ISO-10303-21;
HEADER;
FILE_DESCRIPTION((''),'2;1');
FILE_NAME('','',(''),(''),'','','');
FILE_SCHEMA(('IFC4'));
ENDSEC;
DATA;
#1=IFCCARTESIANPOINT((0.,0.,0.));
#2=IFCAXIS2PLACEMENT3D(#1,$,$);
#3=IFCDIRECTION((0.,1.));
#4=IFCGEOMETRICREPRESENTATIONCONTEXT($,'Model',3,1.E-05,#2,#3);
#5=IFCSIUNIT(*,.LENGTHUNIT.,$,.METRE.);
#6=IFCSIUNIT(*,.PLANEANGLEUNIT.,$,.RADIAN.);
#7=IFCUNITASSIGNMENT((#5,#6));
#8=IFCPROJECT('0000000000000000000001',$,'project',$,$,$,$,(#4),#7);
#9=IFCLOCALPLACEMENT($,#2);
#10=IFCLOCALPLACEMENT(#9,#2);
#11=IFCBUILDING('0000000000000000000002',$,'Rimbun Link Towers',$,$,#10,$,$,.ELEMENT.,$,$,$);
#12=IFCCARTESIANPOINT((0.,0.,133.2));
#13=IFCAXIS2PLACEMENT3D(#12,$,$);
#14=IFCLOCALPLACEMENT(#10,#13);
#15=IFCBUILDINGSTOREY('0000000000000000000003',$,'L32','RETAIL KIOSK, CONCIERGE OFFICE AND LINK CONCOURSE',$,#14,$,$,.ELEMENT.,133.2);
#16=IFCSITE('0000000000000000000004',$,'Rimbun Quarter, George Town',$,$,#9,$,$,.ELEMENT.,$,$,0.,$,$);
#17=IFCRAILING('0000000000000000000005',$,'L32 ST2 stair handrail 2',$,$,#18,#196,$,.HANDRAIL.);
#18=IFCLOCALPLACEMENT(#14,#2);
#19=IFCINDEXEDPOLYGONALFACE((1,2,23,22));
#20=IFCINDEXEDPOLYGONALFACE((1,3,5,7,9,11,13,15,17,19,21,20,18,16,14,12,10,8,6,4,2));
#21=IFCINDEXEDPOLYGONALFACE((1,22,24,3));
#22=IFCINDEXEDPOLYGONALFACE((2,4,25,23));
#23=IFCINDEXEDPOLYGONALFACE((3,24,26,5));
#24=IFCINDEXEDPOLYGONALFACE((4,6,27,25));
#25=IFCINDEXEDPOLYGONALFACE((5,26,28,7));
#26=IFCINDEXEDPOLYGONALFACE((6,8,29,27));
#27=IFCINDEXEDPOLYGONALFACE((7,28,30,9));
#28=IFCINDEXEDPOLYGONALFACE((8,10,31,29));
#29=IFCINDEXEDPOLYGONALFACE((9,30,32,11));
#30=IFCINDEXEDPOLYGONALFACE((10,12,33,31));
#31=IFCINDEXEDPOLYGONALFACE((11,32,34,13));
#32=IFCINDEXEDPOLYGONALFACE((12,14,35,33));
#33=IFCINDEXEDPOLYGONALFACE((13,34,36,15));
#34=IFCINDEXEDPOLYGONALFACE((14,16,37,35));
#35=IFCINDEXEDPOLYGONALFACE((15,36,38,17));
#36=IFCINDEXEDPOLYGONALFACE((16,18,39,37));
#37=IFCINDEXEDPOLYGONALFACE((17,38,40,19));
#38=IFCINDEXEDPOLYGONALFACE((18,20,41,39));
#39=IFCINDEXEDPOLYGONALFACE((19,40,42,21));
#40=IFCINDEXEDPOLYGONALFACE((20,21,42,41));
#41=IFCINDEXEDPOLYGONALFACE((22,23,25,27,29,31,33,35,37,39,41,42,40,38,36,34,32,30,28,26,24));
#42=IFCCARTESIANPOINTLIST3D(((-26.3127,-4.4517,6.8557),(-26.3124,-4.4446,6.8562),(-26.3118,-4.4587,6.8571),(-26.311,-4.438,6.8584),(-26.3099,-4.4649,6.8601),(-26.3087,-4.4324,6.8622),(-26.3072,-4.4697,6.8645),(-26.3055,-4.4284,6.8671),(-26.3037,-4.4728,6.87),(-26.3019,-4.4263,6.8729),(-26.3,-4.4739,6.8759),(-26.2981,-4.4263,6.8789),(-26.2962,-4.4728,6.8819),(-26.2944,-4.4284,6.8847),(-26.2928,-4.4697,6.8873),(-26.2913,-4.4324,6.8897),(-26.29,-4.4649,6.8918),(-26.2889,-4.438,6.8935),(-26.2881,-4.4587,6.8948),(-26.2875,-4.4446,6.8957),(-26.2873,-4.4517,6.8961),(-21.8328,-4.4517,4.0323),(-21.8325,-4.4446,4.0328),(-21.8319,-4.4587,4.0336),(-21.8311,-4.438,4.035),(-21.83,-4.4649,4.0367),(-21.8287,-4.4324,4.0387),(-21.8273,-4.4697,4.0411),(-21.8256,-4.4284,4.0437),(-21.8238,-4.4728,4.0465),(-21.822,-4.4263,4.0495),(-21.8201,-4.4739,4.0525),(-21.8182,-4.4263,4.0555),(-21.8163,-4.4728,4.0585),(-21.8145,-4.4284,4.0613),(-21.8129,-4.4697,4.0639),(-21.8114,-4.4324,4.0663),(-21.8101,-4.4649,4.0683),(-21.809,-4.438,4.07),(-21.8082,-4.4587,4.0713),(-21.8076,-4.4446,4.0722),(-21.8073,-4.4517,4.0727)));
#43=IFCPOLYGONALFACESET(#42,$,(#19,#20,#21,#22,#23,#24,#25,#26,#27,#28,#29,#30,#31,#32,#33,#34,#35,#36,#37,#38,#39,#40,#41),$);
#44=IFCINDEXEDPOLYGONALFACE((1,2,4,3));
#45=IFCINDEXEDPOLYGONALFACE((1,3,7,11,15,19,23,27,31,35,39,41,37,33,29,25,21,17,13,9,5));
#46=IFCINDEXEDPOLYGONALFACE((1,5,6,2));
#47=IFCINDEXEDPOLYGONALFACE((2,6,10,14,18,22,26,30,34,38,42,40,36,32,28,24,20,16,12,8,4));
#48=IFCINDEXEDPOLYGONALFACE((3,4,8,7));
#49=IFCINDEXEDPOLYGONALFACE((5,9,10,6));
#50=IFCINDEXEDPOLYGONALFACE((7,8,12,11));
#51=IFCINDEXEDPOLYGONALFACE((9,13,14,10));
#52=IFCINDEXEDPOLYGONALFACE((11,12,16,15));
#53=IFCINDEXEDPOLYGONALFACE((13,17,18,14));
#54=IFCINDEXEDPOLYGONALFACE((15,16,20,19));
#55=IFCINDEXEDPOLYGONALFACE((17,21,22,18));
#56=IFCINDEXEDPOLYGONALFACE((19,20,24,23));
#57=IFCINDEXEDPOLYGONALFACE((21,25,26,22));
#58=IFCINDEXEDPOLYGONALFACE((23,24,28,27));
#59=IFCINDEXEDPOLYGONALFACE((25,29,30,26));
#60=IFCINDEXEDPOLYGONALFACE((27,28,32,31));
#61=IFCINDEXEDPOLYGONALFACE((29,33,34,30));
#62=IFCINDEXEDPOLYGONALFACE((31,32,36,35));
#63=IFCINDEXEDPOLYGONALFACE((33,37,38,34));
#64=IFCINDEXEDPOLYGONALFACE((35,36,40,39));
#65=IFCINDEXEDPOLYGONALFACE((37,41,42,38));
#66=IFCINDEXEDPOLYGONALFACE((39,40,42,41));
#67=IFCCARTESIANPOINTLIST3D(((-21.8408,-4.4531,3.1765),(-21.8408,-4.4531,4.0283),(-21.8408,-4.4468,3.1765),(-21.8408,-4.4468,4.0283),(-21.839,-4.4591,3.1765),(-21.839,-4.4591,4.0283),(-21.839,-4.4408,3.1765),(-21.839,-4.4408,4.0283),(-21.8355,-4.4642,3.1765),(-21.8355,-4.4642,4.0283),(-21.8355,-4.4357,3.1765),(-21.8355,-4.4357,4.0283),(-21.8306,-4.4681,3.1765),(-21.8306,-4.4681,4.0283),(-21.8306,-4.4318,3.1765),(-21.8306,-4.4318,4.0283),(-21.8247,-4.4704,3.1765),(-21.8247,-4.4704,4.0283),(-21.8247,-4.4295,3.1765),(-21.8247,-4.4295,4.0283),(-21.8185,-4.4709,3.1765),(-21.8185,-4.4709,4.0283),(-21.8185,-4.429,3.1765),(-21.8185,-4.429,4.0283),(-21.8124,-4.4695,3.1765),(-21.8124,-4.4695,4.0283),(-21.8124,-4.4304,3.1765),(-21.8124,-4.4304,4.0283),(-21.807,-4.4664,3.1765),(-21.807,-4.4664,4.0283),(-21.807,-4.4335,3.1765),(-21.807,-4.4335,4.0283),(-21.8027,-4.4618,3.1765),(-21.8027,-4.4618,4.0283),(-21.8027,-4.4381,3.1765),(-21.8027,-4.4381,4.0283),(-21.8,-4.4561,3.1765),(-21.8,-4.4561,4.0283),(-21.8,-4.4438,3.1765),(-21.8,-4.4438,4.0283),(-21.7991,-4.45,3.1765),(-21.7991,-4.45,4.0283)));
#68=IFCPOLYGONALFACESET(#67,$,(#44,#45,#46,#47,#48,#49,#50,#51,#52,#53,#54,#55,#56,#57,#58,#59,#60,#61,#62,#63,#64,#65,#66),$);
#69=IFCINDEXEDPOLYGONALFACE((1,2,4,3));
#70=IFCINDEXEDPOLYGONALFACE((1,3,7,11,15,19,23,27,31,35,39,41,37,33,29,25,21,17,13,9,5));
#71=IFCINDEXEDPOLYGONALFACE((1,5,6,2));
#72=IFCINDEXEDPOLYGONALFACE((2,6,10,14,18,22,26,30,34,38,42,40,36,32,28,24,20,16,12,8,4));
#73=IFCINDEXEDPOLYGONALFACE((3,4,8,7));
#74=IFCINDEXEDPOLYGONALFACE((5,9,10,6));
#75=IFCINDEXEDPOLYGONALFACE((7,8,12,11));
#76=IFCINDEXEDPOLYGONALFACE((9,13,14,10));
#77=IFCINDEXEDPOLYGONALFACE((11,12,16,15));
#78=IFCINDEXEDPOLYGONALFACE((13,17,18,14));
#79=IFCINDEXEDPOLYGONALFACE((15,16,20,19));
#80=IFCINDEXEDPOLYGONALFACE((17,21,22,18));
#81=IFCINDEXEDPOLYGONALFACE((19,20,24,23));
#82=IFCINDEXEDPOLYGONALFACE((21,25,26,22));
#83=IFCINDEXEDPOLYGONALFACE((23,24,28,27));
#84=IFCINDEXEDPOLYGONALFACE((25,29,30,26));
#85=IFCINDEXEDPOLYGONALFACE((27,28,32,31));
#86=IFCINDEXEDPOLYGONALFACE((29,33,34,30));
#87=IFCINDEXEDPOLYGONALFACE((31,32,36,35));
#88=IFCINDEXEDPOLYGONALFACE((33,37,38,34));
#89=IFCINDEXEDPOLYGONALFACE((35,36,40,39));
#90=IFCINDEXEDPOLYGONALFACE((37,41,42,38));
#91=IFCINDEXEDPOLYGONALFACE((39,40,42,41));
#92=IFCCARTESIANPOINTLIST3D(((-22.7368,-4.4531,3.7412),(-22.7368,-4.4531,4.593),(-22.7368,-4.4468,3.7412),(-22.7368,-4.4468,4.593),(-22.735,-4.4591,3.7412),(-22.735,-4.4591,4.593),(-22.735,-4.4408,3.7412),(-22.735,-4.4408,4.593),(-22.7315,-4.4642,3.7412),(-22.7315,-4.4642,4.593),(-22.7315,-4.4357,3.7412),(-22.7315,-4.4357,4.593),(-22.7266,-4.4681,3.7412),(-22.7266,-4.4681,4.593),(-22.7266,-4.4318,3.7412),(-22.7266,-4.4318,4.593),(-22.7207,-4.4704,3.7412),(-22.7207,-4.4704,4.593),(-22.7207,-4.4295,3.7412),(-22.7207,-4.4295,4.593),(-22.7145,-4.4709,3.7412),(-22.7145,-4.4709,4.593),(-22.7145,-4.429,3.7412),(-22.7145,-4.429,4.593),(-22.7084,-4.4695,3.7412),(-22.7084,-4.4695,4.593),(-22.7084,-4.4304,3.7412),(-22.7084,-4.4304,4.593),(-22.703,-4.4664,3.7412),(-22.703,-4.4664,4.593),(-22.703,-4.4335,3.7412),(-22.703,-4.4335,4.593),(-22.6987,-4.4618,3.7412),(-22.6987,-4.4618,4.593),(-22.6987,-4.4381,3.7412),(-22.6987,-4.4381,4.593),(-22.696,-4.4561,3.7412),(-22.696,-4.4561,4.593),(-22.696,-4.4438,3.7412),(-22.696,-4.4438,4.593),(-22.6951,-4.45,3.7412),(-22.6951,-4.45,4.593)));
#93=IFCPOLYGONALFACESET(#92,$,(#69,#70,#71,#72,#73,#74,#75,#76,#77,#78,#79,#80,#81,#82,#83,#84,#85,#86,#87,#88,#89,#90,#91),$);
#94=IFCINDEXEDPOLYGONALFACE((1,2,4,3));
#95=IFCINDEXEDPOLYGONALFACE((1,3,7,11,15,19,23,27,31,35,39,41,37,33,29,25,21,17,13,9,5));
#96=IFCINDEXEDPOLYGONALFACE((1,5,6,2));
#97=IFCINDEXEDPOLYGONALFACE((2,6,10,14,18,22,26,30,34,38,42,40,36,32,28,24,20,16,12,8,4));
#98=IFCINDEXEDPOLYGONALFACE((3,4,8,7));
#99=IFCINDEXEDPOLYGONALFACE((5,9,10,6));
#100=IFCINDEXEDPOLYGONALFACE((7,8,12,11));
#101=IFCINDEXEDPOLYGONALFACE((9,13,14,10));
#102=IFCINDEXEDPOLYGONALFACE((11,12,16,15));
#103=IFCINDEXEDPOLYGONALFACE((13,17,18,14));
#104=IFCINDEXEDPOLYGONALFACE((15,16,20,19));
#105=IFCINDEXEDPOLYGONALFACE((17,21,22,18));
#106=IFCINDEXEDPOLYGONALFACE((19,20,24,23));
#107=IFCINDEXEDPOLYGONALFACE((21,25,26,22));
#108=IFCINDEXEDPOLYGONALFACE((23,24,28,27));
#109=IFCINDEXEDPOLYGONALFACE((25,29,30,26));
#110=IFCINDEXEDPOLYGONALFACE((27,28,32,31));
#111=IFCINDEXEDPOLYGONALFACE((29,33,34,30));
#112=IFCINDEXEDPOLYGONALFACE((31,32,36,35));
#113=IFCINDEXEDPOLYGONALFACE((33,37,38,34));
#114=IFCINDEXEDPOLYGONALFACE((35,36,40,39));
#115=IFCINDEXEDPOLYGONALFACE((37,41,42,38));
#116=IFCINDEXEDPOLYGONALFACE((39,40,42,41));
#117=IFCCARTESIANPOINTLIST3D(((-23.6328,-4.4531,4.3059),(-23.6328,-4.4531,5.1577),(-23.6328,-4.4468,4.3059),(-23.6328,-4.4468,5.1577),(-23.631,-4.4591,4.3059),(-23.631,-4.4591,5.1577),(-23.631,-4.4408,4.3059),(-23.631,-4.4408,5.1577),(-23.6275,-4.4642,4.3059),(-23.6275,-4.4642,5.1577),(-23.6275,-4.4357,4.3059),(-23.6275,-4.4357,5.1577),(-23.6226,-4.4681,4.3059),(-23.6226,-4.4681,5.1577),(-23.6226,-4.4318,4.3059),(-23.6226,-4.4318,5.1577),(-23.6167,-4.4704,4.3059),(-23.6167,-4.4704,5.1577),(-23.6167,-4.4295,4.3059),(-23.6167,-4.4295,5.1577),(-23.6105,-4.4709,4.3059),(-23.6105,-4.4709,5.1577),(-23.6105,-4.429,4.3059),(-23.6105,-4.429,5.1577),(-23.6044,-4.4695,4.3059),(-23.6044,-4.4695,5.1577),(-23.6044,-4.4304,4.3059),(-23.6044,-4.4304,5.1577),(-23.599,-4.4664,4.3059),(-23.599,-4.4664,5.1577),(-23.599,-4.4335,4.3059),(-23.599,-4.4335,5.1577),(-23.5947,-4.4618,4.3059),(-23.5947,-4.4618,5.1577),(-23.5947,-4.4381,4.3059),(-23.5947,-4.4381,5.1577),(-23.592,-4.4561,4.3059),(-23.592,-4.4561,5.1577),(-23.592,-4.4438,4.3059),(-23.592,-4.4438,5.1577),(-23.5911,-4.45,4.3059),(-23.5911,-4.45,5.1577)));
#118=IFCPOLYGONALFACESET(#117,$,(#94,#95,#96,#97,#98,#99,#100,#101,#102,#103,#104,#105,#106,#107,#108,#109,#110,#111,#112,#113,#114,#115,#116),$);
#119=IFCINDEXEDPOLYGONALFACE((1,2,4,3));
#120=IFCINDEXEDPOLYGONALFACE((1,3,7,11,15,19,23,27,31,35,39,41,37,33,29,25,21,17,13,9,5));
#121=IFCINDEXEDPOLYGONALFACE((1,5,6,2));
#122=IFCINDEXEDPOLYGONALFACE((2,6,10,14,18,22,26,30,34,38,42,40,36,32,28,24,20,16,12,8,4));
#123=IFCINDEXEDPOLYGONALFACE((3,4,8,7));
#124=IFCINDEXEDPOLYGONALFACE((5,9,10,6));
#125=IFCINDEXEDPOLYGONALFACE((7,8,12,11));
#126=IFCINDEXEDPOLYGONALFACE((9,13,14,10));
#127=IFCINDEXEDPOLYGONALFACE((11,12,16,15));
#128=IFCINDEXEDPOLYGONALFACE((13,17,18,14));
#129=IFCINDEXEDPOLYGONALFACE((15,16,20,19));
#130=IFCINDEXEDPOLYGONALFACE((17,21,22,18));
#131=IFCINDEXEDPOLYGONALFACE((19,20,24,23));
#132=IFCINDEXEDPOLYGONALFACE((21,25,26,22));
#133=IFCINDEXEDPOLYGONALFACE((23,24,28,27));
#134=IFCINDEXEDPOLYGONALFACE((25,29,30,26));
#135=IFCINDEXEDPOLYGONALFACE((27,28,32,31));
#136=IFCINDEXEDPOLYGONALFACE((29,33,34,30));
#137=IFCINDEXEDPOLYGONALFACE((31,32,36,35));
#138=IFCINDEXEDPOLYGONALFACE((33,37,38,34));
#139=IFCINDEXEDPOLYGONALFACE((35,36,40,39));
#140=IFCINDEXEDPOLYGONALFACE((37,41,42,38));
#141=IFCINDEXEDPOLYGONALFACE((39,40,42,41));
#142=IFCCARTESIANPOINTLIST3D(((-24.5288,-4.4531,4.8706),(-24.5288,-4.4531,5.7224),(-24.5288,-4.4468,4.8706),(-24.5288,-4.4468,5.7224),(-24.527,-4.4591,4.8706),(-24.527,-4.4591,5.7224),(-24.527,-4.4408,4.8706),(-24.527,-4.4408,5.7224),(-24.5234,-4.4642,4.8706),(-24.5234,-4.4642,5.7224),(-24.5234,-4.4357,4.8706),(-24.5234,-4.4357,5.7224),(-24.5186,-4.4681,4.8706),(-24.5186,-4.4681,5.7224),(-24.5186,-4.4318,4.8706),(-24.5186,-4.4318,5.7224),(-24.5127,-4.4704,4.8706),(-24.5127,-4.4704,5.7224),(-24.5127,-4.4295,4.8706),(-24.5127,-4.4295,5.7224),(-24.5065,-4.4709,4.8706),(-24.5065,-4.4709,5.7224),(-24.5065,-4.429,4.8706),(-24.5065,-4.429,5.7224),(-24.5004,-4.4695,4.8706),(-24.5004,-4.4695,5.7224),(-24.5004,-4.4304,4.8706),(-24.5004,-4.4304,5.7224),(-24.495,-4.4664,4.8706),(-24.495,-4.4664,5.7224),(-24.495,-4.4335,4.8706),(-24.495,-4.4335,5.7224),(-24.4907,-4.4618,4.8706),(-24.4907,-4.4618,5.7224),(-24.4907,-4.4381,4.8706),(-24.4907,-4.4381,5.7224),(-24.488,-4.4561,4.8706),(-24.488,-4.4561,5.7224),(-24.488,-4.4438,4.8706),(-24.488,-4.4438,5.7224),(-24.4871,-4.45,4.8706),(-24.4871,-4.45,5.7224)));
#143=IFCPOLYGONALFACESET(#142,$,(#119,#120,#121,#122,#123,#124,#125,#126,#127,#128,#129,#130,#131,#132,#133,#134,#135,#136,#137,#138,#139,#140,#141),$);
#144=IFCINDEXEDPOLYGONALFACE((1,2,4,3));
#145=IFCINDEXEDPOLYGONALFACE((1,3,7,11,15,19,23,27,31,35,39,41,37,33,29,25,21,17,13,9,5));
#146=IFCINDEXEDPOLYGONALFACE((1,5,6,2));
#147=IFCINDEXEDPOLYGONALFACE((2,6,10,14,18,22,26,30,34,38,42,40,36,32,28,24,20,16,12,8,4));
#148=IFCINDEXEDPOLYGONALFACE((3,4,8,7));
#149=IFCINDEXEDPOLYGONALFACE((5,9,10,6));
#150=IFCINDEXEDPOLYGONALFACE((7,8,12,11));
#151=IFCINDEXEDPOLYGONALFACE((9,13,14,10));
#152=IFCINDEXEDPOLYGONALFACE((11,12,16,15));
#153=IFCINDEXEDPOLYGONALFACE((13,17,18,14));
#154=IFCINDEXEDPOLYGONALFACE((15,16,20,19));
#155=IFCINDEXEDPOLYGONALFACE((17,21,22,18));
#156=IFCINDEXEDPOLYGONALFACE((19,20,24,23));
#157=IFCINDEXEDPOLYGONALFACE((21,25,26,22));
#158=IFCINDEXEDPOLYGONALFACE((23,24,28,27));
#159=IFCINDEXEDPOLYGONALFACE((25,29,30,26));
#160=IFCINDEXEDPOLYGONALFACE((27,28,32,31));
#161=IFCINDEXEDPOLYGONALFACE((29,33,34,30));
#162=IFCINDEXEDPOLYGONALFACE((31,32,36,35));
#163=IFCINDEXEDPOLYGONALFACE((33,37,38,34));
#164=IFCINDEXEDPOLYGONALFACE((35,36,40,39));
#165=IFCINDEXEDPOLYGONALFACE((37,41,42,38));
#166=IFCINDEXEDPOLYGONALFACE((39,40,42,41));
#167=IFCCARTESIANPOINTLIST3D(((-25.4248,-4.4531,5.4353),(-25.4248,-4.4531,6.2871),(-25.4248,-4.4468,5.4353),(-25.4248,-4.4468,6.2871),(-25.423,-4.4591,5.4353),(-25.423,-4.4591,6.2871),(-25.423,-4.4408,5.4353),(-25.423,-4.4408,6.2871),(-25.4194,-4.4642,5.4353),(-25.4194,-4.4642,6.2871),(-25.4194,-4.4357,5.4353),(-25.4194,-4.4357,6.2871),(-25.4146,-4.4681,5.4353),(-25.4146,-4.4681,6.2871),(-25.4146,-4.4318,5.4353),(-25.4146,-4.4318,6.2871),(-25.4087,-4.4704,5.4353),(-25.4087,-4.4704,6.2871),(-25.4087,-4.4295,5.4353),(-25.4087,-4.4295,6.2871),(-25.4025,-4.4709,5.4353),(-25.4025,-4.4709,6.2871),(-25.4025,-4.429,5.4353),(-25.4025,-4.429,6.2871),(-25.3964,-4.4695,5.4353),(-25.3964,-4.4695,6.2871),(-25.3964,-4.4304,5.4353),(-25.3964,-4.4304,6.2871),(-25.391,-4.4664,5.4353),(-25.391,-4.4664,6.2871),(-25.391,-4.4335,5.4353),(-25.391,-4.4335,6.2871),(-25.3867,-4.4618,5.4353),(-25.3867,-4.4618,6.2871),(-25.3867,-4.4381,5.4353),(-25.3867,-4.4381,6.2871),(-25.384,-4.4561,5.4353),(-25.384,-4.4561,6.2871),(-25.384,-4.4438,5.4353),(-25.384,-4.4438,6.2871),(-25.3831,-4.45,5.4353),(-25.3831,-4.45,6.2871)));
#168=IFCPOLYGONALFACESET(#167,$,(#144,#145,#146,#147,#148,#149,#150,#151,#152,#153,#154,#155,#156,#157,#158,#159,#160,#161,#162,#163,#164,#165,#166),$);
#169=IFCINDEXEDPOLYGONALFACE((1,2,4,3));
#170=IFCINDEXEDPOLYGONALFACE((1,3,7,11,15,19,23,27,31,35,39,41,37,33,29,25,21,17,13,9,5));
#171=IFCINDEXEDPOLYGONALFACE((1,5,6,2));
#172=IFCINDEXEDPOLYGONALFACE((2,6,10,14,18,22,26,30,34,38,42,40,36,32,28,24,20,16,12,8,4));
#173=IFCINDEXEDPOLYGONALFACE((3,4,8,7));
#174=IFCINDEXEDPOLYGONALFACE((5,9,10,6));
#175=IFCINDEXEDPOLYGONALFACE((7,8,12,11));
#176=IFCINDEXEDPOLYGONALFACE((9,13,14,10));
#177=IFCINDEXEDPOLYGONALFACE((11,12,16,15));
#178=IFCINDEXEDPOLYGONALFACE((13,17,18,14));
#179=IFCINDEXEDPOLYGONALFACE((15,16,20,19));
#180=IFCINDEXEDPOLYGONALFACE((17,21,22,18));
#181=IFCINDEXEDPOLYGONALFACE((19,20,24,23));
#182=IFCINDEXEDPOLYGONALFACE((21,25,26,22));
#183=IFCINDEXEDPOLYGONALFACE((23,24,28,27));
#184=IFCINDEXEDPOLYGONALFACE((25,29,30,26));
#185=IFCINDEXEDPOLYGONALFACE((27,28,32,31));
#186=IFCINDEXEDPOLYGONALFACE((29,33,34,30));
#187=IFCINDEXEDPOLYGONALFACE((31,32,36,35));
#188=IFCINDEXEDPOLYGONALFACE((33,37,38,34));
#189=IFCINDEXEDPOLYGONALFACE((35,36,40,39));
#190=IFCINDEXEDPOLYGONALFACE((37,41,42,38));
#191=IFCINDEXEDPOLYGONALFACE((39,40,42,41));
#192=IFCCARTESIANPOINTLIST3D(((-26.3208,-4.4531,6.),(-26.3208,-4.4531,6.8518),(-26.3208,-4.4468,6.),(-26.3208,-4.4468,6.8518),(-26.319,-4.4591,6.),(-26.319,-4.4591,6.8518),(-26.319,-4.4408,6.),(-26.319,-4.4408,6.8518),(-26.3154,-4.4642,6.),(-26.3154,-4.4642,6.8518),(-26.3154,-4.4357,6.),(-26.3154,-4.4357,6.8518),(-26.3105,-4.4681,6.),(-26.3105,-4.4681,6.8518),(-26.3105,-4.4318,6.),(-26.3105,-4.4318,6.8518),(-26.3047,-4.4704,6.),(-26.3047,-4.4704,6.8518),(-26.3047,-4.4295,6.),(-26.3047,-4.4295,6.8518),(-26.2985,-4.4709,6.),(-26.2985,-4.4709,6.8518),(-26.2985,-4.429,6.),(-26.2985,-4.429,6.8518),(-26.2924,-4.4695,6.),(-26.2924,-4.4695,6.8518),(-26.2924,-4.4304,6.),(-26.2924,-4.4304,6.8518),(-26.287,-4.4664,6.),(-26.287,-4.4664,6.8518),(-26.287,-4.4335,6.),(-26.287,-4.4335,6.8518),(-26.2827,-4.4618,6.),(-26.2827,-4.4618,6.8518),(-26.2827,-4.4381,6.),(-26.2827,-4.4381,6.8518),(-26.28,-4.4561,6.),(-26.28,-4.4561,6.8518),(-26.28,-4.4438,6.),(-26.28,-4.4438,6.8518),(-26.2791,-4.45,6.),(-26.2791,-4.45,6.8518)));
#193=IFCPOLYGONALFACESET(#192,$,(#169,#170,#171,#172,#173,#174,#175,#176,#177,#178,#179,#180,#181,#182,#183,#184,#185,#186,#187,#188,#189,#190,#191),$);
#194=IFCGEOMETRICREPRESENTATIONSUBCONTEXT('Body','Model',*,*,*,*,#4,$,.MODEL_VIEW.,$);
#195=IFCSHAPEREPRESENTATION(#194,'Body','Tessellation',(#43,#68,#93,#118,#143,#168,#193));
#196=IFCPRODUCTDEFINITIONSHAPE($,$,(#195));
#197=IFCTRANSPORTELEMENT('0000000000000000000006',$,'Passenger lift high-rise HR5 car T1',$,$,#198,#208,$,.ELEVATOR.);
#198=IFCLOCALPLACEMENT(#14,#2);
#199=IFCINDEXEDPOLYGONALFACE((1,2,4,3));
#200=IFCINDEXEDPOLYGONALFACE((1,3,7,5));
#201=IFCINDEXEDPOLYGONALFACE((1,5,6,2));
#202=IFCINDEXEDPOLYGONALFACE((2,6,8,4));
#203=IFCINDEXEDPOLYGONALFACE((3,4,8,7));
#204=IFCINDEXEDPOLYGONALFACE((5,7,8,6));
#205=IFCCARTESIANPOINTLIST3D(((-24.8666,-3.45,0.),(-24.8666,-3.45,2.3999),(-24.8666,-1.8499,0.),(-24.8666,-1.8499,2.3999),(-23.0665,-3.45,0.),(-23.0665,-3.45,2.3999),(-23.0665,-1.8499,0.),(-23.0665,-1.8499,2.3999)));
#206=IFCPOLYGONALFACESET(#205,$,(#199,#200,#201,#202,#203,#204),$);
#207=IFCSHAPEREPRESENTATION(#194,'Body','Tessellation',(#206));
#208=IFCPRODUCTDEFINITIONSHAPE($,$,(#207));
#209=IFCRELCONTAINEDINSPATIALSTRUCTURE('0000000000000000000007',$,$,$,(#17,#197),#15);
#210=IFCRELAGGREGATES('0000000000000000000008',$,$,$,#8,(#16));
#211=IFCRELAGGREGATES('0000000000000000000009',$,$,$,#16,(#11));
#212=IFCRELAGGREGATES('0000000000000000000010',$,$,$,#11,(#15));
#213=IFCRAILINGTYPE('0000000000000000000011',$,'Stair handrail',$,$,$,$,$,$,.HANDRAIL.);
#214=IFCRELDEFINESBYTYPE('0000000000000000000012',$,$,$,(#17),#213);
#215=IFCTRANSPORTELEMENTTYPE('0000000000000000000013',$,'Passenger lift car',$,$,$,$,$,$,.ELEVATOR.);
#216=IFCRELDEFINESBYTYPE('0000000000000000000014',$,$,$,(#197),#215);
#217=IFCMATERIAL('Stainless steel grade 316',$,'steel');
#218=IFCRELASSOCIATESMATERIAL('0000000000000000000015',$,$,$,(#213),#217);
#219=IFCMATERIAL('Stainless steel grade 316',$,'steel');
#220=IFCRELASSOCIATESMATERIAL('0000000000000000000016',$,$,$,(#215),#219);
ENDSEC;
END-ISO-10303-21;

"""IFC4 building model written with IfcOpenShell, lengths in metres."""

from ifc_helpers import new_model, si_unit, direction, frame, origin, origin_2d, place, context, subcontext, project, spatial, rectangle, circle, extrude, material, type_object, element, save


model = new_model("IFC4")

# Units and contexts
model_context = context("Model", 3, precision=1e-05, world=origin(), true_north=direction((0.0, 1.0)))
body_context = subcontext(model_context, "Body", "Model", "MODEL_VIEW")
ifc_project = project(units=[si_unit("LENGTHUNIT", "METRE"), si_unit("PLANEANGLEUNIT", "RADIAN")], contexts=[model_context])

# Site, building, storey
site_placement = place(None, origin())
site = spatial("IfcSite", under=ifc_project, at=site_placement, Name="Rimbun Quarter, George Town", CompositionType="ELEMENT", RefElevation=0.0)
building_placement = place(site_placement, origin())
building = spatial("IfcBuilding", under=site, at=building_placement, Name="Rimbun Link Towers", CompositionType="ELEMENT")
storey_placement = place(building_placement, frame((0.0, 0.0, 133.2)))
storey = spatial("IfcBuildingStorey", under=building, at=storey_placement, Name="L32", Description="RETAIL KIOSK, CONCIERGE OFFICE AND LINK CONCOURSE", CompositionType="ELEMENT", Elevation=133.2)

# Railing
ifc_material_1 = material(Name="Stainless steel grade 316", Category="steel")
railing_type_1 = type_object("IfcRailingType", Name="Stair handrail", PredefinedType="HANDRAIL", material=ifc_material_1)
railing_1_placement = place(storey_placement, frame((-21.8201, -4.45, 3.1765)))
element("IfcRailing", 1, at=railing_1_placement, inside=storey, type_object=railing_type_1, Name="L32 ST2 stair handrail 2", PredefinedType="HANDRAIL", context=body_context, shape_type="SweptSolid", body=[
    extrude(circle(Radius=0.0239, at=origin_2d()), frame((0.0, 0.0, 0.876), z_axis=(-0.845998, 0.0, 0.533186), x_axis=(0.0, -1.0, 0.0)), (0.0, 0.0, 1.0), 5.2954),
    extrude(circle(Radius=0.021, at=origin_2d()), origin(), (0.0, 0.0, 1.0), 0.8518),
    extrude(circle(Radius=0.021, at=origin_2d()), frame((-0.896, 0.0, 0.5647)), (0.0, 0.0, 1.0), 0.8518),
    extrude(circle(Radius=0.021, at=origin_2d()), frame((-1.792, 0.0, 1.1294)), (0.0, 0.0, 1.0), 0.8518),
    extrude(circle(Radius=0.021, at=origin_2d()), frame((-2.688, 0.0, 1.6941)), (0.0, 0.0, 1.0), 0.8518),
    extrude(circle(Radius=0.021, at=origin_2d()), frame((-3.584, 0.0, 2.2588)), (0.0, 0.0, 1.0), 0.8518),
    extrude(circle(Radius=0.021, at=origin_2d()), frame((-4.48, 0.0, 2.8235)), (0.0, 0.0, 1.0), 0.8518),
])

# Transport element
ifc_material_2 = material(Name="Stainless steel grade 316", Category="steel")
transport_element_type = type_object("IfcTransportElementType", Name="Passenger lift car", PredefinedType="ELEVATOR", material=ifc_material_2)
for number, where, z_axis, x_axis, name in (
    (2, (-23.9666, -2.6499, 0.0), (0.0, 0.0, 1.0), (1.0, 0.0, 0.0), "Passenger lift high-rise HR5 car T1"),
):
    element("IfcTransportElement", number, at=place(storey_placement, frame(where, z_axis=z_axis, x_axis=x_axis)), inside=storey, type_object=transport_element_type, Name=name, PredefinedType="ELEVATOR", context=body_context, shape_type="SweptSolid", body=[
        extrude(rectangle(XDim=1.8, YDim=1.6001, at=origin_2d()), origin(), (0.0, 0.0, 1.0), 2.3999),
    ])

save(model, "model.ifc")
